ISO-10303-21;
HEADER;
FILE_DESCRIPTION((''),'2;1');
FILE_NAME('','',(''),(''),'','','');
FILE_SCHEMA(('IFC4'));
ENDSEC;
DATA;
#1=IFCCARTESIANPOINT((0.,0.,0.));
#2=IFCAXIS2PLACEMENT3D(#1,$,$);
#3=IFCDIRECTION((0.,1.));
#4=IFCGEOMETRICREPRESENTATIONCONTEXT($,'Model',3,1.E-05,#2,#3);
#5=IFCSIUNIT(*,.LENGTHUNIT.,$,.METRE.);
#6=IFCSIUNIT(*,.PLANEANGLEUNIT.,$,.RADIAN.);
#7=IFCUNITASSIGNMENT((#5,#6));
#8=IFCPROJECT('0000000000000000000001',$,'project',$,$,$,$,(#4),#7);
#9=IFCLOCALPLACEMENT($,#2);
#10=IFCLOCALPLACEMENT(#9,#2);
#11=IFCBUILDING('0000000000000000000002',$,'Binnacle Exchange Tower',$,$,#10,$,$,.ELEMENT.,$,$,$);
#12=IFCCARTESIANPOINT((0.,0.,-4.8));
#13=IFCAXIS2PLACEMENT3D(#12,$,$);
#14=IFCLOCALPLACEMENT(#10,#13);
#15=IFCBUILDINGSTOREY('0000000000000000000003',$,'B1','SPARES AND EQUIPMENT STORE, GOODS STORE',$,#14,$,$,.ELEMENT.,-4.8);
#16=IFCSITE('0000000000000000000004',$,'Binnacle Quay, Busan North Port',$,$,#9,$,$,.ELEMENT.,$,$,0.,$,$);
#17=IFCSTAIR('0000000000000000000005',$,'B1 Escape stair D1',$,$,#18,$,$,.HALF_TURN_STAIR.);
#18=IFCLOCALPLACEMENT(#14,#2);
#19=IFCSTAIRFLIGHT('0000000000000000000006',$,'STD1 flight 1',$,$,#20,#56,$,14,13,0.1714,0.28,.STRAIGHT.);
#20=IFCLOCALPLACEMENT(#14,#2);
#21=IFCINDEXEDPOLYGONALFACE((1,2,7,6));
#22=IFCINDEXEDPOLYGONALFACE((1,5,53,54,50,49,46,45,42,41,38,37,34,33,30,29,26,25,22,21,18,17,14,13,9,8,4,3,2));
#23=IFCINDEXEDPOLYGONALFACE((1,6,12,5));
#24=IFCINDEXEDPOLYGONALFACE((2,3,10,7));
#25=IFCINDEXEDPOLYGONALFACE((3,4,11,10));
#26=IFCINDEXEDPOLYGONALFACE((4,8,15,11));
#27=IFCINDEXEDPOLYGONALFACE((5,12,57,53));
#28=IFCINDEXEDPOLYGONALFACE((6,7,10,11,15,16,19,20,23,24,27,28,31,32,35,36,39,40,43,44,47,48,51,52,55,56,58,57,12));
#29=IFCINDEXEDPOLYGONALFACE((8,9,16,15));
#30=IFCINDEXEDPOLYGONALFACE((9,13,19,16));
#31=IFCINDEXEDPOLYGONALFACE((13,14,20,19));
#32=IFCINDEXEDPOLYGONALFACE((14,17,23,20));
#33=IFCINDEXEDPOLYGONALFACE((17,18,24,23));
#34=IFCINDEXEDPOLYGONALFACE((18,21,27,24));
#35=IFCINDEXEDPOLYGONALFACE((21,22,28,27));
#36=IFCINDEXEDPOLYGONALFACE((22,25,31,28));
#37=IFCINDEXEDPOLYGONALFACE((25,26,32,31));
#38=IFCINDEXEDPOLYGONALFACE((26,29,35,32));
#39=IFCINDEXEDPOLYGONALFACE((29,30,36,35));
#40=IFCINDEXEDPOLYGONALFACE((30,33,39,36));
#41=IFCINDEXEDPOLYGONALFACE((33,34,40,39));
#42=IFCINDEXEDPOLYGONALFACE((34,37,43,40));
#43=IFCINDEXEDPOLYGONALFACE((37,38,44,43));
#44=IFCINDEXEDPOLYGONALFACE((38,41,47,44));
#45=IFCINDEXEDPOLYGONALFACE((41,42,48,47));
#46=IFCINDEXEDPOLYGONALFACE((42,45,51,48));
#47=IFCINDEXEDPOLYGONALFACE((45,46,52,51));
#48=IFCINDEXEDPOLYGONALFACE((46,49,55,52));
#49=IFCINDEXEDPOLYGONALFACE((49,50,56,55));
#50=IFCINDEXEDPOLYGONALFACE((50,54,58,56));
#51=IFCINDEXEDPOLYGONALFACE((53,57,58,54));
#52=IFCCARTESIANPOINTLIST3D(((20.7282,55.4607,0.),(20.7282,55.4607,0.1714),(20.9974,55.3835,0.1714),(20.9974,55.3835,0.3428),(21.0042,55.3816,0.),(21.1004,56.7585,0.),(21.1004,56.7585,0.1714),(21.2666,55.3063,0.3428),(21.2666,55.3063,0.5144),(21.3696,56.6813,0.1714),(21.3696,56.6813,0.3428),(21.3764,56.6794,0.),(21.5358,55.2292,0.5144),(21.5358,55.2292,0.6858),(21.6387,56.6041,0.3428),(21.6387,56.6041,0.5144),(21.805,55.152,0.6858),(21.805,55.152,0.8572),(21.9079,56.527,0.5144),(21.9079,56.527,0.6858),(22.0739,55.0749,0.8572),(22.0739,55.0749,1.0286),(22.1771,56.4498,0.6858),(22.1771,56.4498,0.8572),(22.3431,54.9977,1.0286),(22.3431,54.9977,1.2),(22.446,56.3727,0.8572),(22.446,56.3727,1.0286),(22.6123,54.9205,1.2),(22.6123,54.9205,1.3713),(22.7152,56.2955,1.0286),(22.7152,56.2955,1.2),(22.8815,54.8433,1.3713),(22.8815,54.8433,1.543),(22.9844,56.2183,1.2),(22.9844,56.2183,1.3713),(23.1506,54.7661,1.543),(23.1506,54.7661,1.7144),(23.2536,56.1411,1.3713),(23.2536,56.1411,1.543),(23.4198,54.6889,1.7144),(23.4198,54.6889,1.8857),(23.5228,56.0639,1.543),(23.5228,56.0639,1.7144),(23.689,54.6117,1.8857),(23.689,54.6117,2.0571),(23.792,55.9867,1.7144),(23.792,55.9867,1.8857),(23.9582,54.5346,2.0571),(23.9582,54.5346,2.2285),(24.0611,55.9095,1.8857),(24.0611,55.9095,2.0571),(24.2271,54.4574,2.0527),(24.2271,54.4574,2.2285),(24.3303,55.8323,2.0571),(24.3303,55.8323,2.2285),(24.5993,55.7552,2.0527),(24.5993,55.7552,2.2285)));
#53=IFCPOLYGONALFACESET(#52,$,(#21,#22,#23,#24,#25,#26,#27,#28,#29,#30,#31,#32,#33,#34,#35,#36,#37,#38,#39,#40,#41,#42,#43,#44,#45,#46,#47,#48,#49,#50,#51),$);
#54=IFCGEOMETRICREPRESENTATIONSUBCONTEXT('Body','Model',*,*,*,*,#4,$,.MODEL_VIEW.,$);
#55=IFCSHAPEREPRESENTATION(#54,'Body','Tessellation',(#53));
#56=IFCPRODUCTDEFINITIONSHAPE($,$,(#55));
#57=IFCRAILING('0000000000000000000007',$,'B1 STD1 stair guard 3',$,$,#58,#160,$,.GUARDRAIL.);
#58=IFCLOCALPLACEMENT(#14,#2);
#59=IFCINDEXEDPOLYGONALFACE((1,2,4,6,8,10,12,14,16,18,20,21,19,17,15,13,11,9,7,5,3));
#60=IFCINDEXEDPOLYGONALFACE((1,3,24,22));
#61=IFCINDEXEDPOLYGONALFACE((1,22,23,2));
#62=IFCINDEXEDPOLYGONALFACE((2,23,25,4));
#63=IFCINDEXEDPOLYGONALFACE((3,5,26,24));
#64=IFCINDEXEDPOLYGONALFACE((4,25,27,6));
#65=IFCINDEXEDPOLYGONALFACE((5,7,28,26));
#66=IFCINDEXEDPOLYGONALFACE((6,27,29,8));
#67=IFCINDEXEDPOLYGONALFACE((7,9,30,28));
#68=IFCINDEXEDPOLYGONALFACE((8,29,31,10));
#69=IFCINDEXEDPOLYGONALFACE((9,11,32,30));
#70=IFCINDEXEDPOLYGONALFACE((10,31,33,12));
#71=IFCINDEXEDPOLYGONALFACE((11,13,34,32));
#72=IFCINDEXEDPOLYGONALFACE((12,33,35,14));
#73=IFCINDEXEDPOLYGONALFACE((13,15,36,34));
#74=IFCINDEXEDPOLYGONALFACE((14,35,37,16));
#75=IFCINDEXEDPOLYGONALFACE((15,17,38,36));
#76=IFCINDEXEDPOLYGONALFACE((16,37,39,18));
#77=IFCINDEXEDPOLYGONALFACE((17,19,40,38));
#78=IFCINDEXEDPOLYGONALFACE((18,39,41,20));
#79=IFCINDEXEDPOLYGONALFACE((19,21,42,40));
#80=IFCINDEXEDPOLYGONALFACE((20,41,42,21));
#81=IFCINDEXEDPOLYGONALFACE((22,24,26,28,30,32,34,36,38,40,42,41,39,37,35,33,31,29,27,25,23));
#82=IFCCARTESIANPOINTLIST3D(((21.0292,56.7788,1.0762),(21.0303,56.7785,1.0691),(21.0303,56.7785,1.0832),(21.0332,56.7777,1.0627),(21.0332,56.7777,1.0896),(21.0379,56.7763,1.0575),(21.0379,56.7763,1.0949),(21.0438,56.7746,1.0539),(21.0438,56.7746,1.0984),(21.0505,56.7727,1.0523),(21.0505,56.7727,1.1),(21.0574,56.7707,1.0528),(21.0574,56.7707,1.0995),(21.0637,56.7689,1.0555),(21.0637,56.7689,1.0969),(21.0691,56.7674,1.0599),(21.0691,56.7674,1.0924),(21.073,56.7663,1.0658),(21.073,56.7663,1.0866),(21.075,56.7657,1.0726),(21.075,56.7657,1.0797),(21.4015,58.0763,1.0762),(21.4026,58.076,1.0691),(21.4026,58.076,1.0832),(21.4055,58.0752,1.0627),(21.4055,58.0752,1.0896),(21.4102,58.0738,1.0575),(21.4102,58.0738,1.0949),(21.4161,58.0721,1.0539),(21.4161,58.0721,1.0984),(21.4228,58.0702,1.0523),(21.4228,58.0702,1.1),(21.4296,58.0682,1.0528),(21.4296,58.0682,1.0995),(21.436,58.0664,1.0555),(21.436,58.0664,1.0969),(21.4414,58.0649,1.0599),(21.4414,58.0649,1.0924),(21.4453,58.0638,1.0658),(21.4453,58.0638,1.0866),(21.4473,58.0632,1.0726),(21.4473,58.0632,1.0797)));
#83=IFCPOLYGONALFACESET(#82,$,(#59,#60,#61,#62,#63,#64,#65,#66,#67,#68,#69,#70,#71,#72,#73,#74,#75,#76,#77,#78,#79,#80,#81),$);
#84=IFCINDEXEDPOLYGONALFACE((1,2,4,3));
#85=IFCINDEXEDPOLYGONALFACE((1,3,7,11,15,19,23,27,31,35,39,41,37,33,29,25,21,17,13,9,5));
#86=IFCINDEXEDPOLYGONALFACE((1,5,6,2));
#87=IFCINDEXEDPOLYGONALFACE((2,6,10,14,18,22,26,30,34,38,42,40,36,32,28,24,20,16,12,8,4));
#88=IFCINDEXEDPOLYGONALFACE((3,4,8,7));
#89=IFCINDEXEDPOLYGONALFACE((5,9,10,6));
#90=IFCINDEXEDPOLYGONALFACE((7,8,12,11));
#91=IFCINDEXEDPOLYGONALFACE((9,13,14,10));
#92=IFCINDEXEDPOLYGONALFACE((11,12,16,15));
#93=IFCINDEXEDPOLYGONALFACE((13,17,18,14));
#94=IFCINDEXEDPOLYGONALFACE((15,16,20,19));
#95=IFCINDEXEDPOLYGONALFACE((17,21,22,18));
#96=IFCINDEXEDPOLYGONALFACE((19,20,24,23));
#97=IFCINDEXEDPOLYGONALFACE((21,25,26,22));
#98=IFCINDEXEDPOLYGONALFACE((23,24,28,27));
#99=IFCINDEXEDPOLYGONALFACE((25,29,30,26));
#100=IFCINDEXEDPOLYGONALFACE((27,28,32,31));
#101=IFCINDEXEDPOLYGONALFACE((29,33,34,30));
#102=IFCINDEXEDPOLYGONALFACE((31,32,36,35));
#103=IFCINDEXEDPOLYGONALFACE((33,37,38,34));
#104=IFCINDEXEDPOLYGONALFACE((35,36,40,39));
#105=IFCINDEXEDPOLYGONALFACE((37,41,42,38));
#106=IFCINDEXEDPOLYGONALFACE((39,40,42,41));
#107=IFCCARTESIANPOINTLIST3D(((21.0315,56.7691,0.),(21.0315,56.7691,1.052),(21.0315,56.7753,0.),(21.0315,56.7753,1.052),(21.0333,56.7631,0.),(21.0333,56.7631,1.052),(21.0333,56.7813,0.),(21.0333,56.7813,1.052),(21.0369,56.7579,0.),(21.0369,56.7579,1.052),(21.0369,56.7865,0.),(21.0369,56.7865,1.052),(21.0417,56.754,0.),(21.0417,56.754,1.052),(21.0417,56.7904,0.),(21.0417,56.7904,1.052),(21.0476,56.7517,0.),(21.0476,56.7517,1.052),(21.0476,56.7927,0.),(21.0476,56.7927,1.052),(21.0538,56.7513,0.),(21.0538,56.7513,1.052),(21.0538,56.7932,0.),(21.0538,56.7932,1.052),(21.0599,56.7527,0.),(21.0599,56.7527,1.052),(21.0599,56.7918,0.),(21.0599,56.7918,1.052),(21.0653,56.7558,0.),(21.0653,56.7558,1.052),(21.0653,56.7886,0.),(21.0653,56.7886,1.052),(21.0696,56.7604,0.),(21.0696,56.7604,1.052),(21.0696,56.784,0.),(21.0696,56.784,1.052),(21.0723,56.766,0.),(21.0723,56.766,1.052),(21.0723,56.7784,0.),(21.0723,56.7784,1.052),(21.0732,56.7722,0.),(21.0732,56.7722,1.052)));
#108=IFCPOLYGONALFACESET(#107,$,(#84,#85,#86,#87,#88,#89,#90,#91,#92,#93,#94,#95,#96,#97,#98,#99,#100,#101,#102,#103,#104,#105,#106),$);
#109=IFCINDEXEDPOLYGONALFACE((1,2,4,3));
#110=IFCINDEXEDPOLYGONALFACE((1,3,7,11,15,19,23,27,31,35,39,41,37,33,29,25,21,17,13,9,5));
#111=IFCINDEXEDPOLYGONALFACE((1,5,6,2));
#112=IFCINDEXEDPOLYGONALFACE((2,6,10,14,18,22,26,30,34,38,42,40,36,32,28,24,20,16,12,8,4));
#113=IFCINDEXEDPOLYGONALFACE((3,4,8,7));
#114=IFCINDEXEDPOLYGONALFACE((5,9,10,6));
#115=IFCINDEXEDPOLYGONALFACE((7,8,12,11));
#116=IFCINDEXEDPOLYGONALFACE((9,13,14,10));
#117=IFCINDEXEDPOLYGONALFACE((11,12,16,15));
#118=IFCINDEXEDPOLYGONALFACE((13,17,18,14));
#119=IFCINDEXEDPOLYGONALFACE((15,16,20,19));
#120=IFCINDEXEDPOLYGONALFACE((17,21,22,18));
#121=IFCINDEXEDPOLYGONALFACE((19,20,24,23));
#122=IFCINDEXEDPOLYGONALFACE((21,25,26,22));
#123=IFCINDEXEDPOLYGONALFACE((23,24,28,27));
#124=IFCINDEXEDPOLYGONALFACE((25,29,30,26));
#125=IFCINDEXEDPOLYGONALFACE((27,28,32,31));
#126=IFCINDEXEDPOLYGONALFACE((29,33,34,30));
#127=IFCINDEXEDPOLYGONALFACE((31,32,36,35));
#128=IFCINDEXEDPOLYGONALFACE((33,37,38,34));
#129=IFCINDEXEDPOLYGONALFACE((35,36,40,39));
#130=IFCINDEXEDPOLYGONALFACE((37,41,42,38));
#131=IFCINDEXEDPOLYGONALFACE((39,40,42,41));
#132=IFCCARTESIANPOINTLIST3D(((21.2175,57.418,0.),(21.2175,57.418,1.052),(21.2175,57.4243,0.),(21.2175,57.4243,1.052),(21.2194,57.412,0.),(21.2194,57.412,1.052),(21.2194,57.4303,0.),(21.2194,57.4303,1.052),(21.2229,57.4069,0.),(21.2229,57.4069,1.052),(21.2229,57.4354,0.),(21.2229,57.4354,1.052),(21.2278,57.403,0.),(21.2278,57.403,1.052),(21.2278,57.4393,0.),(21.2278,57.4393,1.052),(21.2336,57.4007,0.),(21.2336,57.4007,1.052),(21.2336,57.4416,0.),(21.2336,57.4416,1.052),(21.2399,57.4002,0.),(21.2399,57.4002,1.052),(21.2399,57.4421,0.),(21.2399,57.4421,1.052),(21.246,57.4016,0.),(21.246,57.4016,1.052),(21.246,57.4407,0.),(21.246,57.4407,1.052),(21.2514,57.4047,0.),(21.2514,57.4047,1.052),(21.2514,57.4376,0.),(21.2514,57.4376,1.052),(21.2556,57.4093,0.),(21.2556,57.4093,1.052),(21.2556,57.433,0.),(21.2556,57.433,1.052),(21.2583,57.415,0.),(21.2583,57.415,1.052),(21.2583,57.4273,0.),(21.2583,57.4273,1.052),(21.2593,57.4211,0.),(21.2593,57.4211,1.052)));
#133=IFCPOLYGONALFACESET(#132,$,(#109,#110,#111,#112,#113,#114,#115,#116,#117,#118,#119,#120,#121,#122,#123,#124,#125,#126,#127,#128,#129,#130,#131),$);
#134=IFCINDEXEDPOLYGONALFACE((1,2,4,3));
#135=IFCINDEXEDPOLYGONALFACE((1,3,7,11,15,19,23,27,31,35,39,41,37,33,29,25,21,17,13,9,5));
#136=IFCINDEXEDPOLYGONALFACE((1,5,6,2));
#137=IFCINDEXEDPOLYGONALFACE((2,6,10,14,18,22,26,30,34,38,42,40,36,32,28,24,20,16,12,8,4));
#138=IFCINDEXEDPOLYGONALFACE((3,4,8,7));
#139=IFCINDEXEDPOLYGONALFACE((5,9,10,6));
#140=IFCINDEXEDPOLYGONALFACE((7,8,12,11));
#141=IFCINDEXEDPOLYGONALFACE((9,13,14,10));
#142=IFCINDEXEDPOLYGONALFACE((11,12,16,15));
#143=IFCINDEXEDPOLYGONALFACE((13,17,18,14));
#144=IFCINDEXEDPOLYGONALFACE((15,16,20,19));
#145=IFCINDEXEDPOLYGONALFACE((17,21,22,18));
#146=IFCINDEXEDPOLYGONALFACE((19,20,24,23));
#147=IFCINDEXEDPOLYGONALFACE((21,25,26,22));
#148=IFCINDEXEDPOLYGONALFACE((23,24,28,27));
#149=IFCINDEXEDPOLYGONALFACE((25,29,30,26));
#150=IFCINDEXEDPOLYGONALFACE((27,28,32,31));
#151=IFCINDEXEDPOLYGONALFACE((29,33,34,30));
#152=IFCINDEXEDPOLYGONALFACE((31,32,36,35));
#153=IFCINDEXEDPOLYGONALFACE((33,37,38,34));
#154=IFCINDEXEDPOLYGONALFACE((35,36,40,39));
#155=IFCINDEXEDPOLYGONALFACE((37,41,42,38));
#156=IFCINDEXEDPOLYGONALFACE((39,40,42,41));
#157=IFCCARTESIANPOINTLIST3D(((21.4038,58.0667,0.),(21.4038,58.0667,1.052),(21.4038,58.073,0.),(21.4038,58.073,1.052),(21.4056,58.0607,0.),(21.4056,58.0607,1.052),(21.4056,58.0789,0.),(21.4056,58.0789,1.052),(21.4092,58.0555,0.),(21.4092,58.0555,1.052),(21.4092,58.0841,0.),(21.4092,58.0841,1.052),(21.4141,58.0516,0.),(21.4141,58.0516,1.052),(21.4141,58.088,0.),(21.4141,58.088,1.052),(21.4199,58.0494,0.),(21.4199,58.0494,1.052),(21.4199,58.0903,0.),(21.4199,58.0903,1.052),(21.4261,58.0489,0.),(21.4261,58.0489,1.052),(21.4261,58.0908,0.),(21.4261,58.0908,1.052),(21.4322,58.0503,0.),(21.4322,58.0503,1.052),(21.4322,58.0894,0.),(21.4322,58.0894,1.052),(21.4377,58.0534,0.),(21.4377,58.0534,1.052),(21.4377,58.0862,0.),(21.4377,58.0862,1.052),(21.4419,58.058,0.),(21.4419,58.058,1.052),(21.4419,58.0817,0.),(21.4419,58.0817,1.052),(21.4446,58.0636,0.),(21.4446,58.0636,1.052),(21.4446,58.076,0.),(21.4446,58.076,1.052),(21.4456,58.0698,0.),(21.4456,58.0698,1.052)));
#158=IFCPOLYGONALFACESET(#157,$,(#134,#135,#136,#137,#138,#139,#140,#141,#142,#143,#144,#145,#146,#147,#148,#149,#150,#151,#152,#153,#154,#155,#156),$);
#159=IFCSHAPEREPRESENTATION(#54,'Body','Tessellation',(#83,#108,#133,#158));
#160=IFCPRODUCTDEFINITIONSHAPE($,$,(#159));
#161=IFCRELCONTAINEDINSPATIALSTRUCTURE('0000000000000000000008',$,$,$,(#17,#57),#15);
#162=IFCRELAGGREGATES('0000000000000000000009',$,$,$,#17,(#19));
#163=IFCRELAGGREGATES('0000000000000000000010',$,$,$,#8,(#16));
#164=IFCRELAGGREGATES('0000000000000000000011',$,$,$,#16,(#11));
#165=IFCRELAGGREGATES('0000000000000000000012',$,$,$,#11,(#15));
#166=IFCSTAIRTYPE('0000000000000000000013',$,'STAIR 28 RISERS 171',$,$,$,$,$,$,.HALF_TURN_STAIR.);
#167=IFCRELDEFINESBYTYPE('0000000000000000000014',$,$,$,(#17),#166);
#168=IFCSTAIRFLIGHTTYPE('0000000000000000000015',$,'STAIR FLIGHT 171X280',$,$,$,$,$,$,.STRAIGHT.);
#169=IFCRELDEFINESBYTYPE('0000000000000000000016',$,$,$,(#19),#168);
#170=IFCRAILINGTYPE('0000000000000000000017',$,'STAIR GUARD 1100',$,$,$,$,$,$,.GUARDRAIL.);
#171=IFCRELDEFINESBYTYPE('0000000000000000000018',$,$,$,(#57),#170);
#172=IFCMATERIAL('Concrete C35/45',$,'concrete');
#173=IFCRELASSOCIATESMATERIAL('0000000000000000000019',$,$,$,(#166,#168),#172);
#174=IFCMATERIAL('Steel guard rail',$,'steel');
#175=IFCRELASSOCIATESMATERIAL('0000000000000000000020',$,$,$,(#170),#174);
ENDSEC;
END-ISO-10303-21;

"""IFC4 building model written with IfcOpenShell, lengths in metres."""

from ifc_helpers import new_model, si_unit, direction, frame, origin, origin_2d, place, context, subcontext, project, spatial, polyline, circle, outline, extrude, material, type_object, element, aggregate, save


model = new_model("IFC4")

# Units and contexts
model_context = context("Model", 3, precision=1e-05, world=origin(), true_north=direction((0.0, 1.0)))
body_context = subcontext(model_context, "Body", "Model", "MODEL_VIEW")
ifc_project = project(units=[si_unit("LENGTHUNIT", "METRE"), si_unit("PLANEANGLEUNIT", "RADIAN")], contexts=[model_context])

# Site, building, storey
site_placement = place(None, origin())
site = spatial("IfcSite", under=ifc_project, at=site_placement, Name="Binnacle Quay, Busan North Port", CompositionType="ELEMENT", RefElevation=0.0)
building_placement = place(site_placement, origin())
building = spatial("IfcBuilding", under=site, at=building_placement, Name="Binnacle Exchange Tower", CompositionType="ELEMENT")
storey_placement = place(building_placement, frame((0.0, 0.0, -4.8)))
storey = spatial("IfcBuildingStorey", under=building, at=storey_placement, Name="B1", Description="SPARES AND EQUIPMENT STORE, GOODS STORE", CompositionType="ELEMENT", Elevation=-4.8)

# Stair, stair flight
ifc_material_1 = material(Name="Concrete C35/45", Category="concrete")
stair_type = type_object("IfcStairType", Name="STAIR 28 RISERS 171", PredefinedType="HALF_TURN_STAIR", material=ifc_material_1)
stair_placement = place(storey_placement, origin())
stair = element("IfcStair", 1, at=stair_placement, inside=storey, type_object=stair_type, Name="B1 Escape stair D1", PredefinedType="HALF_TURN_STAIR")
stair_flight_type = type_object("IfcStairFlightType", Name="STAIR FLIGHT 171X280", PredefinedType="STRAIGHT", material=ifc_material_1)
stair_flight_placement = place(storey_placement, frame((20.9143, 56.1096, 0.0), z_axis=(0.0, 0.0, 1.0), x_axis=(0.961262, -0.275637, 0.0)))
stair_flight = element("IfcStairFlight", 2, at=stair_flight_placement, type_object=stair_flight_type, Name="STD1 flight 1", NumberOfRisers=14, NumberOfTreads=13, PredefinedType="STRAIGHT", RiserHeight=0.1714, TreadLength=0.28, context=body_context, shape_type="SweptSolid", body=[
    extrude(outline(polyline([(0.0, 0.0), (0.0, 0.1714), (0.28, 0.1714), (0.28, 0.3428), (0.5601, 0.3428), (0.5601, 0.5144), (0.8401, 0.5144), (0.8401, 0.6858), (1.1201, 0.6858), (1.1201, 0.8572), (1.3999, 0.8572), (1.3999, 1.0286), (1.6799, 1.0286), (1.6799, 1.2), (1.96, 1.2), (1.96, 1.3713), (2.24, 1.3713), (2.24, 1.543), (2.52, 1.543), (2.52, 1.7144), (2.8, 1.7144), (2.8, 1.8857), (3.0801, 1.8857), (3.0801, 2.0571), (3.3601, 2.0571), (3.3601, 2.2285), (3.6399, 2.2285), (3.6399, 2.3999), (3.6399, 2.0527), (0.2871, 0.0), (0.0, 0.0)])), frame((0.0, 0.675, 0.0), z_axis=(0.0, -1.0, 0.0), x_axis=(1.0, 0.0, 0.0)), (0.0, 0.0, 1.0), 1.3501),
])
aggregate(stair, [stair_flight])

# Railing
ifc_material_2 = material(Name="Steel guard rail", Category="steel")
railing_type_1 = type_object("IfcRailingType", Name="STAIR GUARD 1100", PredefinedType="GUARDRAIL", material=ifc_material_2)
railing_1_placement = place(storey_placement, frame((21.0522, 56.7722, 0.0)))
element("IfcRailing", 3, at=railing_1_placement, inside=storey, type_object=railing_type_1, Name="B1 STD1 stair guard 3", PredefinedType="GUARDRAIL", context=body_context, shape_type="SweptSolid", body=[
    extrude(circle(Radius=0.0239, at=origin_2d()), frame((0.0, 0.0, 1.0762), z_axis=(0.275796, 0.961216, 0.0), x_axis=(-0.961216, 0.275796, 0.0)), (0.0, 0.0, 1.0), 1.3499),
    extrude(circle(Radius=0.021, at=origin_2d()), origin(), (0.0, 0.0, 1.0), 1.052),
    extrude(circle(Radius=0.021, at=origin_2d()), frame((0.186, 0.6489, 0.0)), (0.0, 0.0, 1.0), 1.052),
    extrude(circle(Radius=0.021, at=origin_2d()), frame((0.3723, 1.2976, 0.0)), (0.0, 0.0, 1.0), 1.052),
])

save(model, "model.ifc")
